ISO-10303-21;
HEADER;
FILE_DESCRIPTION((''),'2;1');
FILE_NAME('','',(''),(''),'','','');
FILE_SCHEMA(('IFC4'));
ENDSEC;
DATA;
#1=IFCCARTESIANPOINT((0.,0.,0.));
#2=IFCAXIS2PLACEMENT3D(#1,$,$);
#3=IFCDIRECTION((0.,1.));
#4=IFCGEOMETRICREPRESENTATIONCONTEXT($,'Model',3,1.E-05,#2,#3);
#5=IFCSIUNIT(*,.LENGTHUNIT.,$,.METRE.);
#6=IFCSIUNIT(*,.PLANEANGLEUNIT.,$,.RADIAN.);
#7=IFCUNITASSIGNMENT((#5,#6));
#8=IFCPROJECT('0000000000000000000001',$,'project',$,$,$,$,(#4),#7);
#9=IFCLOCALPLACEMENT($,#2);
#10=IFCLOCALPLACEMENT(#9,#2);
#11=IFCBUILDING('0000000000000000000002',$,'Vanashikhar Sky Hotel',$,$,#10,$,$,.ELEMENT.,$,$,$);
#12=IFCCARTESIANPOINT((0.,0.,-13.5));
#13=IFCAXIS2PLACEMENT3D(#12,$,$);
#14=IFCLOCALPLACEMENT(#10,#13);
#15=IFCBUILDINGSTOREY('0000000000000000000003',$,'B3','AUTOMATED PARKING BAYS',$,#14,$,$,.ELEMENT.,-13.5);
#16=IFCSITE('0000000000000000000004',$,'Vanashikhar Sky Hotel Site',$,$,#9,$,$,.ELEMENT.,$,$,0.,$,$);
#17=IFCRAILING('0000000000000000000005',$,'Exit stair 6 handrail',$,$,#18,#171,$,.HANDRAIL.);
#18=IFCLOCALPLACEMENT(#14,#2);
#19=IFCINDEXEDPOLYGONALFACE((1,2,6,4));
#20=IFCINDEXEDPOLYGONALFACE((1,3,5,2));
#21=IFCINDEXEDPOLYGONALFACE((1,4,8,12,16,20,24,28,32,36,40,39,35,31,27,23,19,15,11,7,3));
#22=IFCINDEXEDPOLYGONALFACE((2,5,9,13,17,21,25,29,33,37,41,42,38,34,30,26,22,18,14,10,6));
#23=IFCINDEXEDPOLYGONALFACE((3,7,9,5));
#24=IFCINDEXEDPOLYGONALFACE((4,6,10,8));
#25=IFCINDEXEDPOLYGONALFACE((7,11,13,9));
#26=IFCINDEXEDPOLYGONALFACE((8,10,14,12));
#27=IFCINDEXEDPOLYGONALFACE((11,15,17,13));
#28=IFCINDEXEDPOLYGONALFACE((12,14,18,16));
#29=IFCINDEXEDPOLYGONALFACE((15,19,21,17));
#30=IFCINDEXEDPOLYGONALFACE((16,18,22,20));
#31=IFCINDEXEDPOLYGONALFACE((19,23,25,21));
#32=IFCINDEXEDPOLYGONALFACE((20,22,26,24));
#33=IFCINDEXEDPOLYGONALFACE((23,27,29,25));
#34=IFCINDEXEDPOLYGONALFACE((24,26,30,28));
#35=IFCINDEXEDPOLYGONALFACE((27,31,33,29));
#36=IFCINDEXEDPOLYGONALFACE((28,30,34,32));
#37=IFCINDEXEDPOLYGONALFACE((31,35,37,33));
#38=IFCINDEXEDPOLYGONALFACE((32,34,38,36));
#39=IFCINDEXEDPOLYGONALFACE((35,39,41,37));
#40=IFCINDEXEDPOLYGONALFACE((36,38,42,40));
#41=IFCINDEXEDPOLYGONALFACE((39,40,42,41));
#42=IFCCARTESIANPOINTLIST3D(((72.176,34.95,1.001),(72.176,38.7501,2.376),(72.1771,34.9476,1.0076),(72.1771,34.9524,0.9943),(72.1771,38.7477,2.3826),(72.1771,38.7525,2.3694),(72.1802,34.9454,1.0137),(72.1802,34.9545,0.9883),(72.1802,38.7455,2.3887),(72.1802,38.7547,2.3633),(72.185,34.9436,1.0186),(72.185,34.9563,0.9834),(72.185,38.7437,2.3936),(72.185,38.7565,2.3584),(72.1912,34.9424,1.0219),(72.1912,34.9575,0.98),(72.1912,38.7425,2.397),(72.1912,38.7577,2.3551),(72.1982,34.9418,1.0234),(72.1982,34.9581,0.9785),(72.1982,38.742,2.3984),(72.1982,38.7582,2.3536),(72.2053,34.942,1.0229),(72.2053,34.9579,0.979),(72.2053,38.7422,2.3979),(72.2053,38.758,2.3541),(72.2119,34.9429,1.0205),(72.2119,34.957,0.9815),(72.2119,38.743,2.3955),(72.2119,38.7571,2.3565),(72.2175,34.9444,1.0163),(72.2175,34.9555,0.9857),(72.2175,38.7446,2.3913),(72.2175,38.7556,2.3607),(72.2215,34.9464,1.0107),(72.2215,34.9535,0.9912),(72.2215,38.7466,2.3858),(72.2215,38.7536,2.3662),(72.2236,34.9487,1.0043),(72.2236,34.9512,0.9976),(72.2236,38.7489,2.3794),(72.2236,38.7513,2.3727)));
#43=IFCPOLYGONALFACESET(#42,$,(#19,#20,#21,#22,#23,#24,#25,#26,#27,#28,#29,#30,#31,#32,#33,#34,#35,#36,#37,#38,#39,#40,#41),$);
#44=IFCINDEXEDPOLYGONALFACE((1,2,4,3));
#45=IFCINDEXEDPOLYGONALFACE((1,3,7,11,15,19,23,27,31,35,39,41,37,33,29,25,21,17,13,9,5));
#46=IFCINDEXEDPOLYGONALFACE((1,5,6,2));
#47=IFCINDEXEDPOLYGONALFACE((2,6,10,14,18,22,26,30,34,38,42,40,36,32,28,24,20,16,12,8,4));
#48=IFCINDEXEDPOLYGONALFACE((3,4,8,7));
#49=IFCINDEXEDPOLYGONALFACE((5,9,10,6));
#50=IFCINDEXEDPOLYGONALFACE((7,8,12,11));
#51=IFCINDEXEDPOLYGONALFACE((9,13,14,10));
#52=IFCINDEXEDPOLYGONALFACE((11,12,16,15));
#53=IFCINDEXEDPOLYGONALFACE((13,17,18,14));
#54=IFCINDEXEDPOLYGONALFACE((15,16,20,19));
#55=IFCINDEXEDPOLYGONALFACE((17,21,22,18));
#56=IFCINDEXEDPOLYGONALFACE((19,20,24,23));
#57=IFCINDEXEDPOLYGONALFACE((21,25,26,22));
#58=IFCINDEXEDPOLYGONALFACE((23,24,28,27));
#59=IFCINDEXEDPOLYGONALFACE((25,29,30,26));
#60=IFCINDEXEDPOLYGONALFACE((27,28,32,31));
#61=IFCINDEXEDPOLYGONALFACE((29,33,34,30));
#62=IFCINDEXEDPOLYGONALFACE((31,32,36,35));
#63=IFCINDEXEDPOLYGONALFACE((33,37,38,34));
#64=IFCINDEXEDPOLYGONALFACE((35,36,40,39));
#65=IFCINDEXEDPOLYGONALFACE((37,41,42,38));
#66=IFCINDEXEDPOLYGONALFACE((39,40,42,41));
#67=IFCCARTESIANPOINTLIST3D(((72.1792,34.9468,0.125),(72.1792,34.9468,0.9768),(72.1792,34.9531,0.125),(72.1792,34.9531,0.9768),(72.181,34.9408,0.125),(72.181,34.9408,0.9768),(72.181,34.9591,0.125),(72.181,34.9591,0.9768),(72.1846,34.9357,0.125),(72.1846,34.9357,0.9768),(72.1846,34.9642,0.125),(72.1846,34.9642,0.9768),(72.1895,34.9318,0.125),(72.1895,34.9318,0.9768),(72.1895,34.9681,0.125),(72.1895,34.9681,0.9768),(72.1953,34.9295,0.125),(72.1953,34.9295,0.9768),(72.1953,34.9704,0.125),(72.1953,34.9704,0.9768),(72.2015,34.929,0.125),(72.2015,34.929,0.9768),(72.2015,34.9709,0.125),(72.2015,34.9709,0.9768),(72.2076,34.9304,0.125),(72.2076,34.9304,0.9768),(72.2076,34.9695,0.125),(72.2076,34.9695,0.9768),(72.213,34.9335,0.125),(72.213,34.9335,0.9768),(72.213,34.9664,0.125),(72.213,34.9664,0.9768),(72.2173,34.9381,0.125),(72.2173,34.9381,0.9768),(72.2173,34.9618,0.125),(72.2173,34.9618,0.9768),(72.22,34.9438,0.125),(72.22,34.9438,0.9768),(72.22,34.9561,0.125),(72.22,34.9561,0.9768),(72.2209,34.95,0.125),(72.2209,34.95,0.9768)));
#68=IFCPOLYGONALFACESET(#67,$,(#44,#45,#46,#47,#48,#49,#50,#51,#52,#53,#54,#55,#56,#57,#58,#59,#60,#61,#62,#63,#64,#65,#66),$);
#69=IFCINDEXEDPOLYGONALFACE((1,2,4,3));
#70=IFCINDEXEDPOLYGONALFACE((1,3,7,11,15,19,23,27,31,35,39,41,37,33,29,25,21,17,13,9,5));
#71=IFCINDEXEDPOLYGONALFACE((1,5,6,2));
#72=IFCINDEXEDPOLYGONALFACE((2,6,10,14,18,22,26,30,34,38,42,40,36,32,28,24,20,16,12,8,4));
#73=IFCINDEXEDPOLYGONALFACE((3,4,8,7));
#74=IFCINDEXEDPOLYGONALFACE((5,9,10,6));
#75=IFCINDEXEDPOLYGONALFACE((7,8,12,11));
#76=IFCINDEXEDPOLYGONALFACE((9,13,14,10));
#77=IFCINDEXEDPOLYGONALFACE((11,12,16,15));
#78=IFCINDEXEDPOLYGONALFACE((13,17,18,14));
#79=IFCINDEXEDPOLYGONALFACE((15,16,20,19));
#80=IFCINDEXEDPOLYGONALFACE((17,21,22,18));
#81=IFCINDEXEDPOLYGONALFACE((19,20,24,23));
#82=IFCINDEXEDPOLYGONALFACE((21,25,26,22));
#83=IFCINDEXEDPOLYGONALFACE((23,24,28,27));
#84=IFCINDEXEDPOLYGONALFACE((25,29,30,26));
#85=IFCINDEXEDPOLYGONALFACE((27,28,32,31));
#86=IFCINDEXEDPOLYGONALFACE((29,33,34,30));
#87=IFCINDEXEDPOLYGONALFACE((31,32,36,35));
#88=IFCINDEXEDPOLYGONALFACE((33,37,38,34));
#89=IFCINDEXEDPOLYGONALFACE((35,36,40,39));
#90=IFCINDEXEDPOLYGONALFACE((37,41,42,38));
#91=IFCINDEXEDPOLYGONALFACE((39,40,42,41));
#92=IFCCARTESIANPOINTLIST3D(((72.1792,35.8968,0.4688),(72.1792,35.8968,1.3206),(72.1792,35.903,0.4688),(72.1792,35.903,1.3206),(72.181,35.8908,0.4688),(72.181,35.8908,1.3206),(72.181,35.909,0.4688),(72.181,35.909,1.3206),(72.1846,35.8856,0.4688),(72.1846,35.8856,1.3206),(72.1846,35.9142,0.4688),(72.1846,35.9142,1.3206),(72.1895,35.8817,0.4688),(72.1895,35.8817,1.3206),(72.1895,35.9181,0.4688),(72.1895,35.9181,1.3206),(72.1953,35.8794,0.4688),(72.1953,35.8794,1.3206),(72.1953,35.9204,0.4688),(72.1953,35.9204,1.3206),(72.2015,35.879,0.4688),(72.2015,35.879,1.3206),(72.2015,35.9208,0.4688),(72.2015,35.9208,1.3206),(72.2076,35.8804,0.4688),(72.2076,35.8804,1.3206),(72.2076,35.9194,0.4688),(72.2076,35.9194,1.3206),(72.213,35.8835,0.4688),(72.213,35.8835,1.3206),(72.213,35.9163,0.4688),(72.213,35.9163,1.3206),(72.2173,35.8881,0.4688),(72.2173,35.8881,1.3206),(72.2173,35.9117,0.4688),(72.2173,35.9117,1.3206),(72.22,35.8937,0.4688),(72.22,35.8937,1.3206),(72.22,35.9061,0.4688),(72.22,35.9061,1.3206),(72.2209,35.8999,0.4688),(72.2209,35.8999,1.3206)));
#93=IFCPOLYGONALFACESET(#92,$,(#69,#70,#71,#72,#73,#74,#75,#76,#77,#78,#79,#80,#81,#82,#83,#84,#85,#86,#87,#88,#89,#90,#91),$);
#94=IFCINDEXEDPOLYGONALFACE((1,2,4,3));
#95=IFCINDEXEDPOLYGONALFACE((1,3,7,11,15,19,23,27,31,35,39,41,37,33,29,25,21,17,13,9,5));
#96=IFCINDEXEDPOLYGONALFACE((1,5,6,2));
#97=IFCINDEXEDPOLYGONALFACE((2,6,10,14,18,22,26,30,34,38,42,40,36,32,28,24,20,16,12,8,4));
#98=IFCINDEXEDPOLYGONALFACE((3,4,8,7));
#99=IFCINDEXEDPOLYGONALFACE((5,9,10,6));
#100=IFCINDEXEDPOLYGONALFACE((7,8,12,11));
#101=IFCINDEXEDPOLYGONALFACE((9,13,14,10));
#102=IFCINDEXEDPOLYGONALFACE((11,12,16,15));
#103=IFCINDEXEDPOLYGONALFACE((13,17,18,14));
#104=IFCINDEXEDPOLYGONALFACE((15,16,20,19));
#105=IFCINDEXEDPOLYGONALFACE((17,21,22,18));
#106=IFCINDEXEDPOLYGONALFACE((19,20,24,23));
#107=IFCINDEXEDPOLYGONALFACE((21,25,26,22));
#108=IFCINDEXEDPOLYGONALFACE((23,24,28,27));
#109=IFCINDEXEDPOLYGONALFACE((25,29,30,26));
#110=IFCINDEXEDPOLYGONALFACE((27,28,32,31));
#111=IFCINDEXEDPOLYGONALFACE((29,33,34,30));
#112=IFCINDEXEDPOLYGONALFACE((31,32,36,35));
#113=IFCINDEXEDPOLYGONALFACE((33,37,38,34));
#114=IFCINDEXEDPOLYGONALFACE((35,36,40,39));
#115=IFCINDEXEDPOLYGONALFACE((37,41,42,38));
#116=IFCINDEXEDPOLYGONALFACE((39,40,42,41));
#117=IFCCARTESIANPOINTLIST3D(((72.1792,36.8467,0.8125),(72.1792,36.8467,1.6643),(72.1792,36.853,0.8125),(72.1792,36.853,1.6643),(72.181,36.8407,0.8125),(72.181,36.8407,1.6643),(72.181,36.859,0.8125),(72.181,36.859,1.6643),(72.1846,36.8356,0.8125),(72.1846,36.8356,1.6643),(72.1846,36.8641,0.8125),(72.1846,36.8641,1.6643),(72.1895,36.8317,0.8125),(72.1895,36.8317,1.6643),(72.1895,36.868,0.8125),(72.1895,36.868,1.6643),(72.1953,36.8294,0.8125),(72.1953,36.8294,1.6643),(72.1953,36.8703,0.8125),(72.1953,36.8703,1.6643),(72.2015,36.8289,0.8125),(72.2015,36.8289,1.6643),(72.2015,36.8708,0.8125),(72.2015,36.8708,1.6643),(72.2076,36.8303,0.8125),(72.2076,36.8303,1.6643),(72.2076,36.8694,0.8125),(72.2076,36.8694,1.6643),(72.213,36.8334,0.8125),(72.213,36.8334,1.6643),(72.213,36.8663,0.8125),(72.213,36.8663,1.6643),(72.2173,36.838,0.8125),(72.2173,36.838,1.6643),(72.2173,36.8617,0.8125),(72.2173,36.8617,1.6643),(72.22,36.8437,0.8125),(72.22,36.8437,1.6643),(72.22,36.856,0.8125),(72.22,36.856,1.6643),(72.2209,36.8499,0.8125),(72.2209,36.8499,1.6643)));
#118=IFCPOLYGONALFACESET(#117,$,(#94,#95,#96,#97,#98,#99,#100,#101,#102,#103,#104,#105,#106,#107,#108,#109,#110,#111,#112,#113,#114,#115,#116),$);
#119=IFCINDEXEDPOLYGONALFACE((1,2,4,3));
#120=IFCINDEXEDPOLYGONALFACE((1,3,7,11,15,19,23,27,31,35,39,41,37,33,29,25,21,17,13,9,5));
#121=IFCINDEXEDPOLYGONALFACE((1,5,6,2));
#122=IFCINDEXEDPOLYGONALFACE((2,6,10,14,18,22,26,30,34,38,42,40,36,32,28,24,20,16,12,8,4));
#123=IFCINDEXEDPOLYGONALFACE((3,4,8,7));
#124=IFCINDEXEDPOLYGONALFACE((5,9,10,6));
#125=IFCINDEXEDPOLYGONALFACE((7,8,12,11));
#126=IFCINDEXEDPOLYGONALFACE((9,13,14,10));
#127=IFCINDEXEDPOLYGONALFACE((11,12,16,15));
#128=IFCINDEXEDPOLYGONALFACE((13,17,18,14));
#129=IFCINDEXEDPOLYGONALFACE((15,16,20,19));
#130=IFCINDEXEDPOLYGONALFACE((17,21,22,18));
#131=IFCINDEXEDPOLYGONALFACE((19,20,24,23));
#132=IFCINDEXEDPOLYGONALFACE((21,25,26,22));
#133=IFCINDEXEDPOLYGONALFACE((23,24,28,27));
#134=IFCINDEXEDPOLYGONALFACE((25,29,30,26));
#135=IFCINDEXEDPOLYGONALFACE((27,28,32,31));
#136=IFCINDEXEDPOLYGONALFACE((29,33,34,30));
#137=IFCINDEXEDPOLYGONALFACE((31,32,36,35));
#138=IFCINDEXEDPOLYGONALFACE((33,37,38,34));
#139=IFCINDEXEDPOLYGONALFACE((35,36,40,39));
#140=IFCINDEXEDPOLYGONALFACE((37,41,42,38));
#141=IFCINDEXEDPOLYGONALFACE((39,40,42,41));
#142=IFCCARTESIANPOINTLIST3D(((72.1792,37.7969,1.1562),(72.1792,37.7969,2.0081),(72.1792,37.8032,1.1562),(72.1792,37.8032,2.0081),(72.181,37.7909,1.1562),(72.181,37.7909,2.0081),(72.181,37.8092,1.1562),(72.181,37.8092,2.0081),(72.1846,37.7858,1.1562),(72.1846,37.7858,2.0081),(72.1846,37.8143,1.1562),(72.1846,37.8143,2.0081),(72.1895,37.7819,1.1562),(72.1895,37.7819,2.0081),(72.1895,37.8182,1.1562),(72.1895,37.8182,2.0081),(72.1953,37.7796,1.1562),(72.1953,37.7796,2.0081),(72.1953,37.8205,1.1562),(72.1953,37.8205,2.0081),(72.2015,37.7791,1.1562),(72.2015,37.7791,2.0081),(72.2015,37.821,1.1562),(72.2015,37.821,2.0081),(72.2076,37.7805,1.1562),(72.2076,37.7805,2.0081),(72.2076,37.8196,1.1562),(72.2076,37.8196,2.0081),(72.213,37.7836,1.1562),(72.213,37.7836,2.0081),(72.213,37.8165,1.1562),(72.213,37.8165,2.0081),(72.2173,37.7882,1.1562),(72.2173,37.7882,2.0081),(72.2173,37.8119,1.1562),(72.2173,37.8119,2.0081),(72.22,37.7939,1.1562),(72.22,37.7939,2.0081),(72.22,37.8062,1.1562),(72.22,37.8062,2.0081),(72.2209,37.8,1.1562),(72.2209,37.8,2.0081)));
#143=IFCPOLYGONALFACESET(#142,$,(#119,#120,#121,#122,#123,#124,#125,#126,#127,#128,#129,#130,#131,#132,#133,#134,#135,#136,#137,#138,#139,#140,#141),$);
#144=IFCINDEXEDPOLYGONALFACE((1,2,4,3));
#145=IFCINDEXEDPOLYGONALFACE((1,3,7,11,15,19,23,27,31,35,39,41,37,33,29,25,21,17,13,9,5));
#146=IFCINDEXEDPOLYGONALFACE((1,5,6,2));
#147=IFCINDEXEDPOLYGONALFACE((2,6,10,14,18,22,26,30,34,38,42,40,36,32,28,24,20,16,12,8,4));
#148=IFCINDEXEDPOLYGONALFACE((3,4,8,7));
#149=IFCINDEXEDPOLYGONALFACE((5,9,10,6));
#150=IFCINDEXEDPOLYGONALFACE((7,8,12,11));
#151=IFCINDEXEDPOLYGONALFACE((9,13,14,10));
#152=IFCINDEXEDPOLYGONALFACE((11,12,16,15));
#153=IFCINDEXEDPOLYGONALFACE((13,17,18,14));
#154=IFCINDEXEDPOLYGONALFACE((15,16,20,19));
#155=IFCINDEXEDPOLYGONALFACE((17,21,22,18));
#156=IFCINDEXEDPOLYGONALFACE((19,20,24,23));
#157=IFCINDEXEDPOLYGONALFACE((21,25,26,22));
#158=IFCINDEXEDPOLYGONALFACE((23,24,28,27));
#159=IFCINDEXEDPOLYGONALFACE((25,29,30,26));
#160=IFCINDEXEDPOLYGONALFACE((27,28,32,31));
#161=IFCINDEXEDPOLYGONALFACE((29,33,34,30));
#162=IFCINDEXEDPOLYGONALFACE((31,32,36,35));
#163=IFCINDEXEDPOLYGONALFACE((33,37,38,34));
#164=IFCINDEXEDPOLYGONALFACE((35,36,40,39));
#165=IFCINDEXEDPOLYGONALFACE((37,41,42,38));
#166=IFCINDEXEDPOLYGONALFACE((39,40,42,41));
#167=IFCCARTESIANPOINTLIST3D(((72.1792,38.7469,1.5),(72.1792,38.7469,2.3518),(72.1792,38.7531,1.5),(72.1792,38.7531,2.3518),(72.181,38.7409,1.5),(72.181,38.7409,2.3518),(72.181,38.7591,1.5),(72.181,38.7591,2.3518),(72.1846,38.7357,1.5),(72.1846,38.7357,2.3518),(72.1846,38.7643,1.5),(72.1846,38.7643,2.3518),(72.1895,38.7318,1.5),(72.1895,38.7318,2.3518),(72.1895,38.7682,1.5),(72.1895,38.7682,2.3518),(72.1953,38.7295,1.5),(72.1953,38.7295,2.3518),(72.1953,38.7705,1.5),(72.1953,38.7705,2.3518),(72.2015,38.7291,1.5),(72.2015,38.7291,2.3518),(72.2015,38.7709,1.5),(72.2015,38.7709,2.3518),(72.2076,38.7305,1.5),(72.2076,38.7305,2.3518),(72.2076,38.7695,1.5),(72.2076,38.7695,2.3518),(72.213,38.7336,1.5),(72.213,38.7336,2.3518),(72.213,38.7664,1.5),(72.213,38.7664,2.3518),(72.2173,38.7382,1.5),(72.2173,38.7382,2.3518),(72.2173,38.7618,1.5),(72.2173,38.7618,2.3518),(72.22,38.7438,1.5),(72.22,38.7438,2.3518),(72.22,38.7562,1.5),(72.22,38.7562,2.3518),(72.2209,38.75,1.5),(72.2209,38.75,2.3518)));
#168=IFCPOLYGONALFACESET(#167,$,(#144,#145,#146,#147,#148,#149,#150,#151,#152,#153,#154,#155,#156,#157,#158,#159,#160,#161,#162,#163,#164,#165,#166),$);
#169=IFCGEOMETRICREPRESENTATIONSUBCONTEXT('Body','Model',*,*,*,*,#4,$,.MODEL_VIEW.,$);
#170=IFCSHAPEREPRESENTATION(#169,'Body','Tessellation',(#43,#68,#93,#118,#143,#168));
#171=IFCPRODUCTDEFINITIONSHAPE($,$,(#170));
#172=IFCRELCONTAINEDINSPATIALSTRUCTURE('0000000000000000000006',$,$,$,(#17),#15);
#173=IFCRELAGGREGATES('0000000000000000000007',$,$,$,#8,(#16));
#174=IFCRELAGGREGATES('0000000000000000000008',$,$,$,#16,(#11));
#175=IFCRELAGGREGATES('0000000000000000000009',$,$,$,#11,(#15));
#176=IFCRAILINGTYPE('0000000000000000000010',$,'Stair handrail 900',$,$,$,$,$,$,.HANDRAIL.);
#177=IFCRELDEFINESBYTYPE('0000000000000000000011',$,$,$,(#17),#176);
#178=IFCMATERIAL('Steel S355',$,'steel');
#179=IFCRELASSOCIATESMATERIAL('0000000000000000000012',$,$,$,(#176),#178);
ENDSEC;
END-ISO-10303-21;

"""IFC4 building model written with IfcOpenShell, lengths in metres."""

from ifc_helpers import new_model, si_unit, direction, frame, origin, origin_2d, place, context, subcontext, project, spatial, circle, extrude, source, transform, mapped, material, type_object, element, save


model = new_model("IFC4")

# Units and contexts
model_context = context("Model", 3, precision=1e-05, world=origin(), true_north=direction((0.0, 1.0)))
body_context = subcontext(model_context, "Body", "Model", "MODEL_VIEW")
ifc_project = project(units=[si_unit("LENGTHUNIT", "METRE"), si_unit("PLANEANGLEUNIT", "RADIAN")], contexts=[model_context])

# Site, building, storey
site_placement = place(None, origin())
site = spatial("IfcSite", under=ifc_project, at=site_placement, Name="Vanashikhar Sky Hotel Site", CompositionType="ELEMENT", RefElevation=0.0)
building_placement = place(site_placement, origin())
building = spatial("IfcBuilding", under=site, at=building_placement, Name="Vanashikhar Sky Hotel", CompositionType="ELEMENT")
storey_placement = place(building_placement, frame((0.0, 0.0, -13.5)))
storey = spatial("IfcBuildingStorey", under=building, at=storey_placement, Name="B3", Description="AUTOMATED PARKING BAYS", CompositionType="ELEMENT", Elevation=-13.5)

# Railing
ifc_material_1 = material(Name="Steel S355", Category="steel")
railing_type_1 = type_object("IfcRailingType", Name="Stair handrail 900", PredefinedType="HANDRAIL", material=ifc_material_1)
shared_shape_1 = source(origin(), body_context, "Body", "SweptSolid", [
    extrude(circle(Radius=0.0239, at=origin_2d()), frame((0.0, 0.0, 0.876), z_axis=(0.0, 0.940336, 0.340249), x_axis=(-1.0, 0.0, 0.0)), (0.0, 0.0, 1.0), 4.0413),
    extrude(circle(Radius=0.021, at=origin_2d()), origin(), (0.0, 0.0, 1.0), 0.8518),
    extrude(circle(Radius=0.021, at=origin_2d()), frame((0.0, 0.95, 0.3438)), (0.0, 0.0, 1.0), 0.8518),
    extrude(circle(Radius=0.021, at=origin_2d()), frame((0.0, 1.8999, 0.6875)), (0.0, 0.0, 1.0), 0.8518),
    extrude(circle(Radius=0.021, at=origin_2d()), frame((0.0, 2.8501, 1.0312)), (0.0, 0.0, 1.0), 0.8518),
    extrude(circle(Radius=0.021, at=origin_2d()), frame((0.0, 3.8, 1.375)), (0.0, 0.0, 1.0), 0.8518),
])
for number, where, name in (
    (1, (72.2, 34.95, 0.125), "Exit stair 6 handrail"),
):
    element("IfcRailing", number, at=place(storey_placement, frame(where)), inside=storey, type_object=railing_type_1, Name=name, PredefinedType="HANDRAIL", context=body_context, shape_type="MappedRepresentation", body=[
        mapped(shared_shape_1, transform((0.0, 0.0, 0.0), scale=1.0)),
    ])

save(model, "model.ifc")
